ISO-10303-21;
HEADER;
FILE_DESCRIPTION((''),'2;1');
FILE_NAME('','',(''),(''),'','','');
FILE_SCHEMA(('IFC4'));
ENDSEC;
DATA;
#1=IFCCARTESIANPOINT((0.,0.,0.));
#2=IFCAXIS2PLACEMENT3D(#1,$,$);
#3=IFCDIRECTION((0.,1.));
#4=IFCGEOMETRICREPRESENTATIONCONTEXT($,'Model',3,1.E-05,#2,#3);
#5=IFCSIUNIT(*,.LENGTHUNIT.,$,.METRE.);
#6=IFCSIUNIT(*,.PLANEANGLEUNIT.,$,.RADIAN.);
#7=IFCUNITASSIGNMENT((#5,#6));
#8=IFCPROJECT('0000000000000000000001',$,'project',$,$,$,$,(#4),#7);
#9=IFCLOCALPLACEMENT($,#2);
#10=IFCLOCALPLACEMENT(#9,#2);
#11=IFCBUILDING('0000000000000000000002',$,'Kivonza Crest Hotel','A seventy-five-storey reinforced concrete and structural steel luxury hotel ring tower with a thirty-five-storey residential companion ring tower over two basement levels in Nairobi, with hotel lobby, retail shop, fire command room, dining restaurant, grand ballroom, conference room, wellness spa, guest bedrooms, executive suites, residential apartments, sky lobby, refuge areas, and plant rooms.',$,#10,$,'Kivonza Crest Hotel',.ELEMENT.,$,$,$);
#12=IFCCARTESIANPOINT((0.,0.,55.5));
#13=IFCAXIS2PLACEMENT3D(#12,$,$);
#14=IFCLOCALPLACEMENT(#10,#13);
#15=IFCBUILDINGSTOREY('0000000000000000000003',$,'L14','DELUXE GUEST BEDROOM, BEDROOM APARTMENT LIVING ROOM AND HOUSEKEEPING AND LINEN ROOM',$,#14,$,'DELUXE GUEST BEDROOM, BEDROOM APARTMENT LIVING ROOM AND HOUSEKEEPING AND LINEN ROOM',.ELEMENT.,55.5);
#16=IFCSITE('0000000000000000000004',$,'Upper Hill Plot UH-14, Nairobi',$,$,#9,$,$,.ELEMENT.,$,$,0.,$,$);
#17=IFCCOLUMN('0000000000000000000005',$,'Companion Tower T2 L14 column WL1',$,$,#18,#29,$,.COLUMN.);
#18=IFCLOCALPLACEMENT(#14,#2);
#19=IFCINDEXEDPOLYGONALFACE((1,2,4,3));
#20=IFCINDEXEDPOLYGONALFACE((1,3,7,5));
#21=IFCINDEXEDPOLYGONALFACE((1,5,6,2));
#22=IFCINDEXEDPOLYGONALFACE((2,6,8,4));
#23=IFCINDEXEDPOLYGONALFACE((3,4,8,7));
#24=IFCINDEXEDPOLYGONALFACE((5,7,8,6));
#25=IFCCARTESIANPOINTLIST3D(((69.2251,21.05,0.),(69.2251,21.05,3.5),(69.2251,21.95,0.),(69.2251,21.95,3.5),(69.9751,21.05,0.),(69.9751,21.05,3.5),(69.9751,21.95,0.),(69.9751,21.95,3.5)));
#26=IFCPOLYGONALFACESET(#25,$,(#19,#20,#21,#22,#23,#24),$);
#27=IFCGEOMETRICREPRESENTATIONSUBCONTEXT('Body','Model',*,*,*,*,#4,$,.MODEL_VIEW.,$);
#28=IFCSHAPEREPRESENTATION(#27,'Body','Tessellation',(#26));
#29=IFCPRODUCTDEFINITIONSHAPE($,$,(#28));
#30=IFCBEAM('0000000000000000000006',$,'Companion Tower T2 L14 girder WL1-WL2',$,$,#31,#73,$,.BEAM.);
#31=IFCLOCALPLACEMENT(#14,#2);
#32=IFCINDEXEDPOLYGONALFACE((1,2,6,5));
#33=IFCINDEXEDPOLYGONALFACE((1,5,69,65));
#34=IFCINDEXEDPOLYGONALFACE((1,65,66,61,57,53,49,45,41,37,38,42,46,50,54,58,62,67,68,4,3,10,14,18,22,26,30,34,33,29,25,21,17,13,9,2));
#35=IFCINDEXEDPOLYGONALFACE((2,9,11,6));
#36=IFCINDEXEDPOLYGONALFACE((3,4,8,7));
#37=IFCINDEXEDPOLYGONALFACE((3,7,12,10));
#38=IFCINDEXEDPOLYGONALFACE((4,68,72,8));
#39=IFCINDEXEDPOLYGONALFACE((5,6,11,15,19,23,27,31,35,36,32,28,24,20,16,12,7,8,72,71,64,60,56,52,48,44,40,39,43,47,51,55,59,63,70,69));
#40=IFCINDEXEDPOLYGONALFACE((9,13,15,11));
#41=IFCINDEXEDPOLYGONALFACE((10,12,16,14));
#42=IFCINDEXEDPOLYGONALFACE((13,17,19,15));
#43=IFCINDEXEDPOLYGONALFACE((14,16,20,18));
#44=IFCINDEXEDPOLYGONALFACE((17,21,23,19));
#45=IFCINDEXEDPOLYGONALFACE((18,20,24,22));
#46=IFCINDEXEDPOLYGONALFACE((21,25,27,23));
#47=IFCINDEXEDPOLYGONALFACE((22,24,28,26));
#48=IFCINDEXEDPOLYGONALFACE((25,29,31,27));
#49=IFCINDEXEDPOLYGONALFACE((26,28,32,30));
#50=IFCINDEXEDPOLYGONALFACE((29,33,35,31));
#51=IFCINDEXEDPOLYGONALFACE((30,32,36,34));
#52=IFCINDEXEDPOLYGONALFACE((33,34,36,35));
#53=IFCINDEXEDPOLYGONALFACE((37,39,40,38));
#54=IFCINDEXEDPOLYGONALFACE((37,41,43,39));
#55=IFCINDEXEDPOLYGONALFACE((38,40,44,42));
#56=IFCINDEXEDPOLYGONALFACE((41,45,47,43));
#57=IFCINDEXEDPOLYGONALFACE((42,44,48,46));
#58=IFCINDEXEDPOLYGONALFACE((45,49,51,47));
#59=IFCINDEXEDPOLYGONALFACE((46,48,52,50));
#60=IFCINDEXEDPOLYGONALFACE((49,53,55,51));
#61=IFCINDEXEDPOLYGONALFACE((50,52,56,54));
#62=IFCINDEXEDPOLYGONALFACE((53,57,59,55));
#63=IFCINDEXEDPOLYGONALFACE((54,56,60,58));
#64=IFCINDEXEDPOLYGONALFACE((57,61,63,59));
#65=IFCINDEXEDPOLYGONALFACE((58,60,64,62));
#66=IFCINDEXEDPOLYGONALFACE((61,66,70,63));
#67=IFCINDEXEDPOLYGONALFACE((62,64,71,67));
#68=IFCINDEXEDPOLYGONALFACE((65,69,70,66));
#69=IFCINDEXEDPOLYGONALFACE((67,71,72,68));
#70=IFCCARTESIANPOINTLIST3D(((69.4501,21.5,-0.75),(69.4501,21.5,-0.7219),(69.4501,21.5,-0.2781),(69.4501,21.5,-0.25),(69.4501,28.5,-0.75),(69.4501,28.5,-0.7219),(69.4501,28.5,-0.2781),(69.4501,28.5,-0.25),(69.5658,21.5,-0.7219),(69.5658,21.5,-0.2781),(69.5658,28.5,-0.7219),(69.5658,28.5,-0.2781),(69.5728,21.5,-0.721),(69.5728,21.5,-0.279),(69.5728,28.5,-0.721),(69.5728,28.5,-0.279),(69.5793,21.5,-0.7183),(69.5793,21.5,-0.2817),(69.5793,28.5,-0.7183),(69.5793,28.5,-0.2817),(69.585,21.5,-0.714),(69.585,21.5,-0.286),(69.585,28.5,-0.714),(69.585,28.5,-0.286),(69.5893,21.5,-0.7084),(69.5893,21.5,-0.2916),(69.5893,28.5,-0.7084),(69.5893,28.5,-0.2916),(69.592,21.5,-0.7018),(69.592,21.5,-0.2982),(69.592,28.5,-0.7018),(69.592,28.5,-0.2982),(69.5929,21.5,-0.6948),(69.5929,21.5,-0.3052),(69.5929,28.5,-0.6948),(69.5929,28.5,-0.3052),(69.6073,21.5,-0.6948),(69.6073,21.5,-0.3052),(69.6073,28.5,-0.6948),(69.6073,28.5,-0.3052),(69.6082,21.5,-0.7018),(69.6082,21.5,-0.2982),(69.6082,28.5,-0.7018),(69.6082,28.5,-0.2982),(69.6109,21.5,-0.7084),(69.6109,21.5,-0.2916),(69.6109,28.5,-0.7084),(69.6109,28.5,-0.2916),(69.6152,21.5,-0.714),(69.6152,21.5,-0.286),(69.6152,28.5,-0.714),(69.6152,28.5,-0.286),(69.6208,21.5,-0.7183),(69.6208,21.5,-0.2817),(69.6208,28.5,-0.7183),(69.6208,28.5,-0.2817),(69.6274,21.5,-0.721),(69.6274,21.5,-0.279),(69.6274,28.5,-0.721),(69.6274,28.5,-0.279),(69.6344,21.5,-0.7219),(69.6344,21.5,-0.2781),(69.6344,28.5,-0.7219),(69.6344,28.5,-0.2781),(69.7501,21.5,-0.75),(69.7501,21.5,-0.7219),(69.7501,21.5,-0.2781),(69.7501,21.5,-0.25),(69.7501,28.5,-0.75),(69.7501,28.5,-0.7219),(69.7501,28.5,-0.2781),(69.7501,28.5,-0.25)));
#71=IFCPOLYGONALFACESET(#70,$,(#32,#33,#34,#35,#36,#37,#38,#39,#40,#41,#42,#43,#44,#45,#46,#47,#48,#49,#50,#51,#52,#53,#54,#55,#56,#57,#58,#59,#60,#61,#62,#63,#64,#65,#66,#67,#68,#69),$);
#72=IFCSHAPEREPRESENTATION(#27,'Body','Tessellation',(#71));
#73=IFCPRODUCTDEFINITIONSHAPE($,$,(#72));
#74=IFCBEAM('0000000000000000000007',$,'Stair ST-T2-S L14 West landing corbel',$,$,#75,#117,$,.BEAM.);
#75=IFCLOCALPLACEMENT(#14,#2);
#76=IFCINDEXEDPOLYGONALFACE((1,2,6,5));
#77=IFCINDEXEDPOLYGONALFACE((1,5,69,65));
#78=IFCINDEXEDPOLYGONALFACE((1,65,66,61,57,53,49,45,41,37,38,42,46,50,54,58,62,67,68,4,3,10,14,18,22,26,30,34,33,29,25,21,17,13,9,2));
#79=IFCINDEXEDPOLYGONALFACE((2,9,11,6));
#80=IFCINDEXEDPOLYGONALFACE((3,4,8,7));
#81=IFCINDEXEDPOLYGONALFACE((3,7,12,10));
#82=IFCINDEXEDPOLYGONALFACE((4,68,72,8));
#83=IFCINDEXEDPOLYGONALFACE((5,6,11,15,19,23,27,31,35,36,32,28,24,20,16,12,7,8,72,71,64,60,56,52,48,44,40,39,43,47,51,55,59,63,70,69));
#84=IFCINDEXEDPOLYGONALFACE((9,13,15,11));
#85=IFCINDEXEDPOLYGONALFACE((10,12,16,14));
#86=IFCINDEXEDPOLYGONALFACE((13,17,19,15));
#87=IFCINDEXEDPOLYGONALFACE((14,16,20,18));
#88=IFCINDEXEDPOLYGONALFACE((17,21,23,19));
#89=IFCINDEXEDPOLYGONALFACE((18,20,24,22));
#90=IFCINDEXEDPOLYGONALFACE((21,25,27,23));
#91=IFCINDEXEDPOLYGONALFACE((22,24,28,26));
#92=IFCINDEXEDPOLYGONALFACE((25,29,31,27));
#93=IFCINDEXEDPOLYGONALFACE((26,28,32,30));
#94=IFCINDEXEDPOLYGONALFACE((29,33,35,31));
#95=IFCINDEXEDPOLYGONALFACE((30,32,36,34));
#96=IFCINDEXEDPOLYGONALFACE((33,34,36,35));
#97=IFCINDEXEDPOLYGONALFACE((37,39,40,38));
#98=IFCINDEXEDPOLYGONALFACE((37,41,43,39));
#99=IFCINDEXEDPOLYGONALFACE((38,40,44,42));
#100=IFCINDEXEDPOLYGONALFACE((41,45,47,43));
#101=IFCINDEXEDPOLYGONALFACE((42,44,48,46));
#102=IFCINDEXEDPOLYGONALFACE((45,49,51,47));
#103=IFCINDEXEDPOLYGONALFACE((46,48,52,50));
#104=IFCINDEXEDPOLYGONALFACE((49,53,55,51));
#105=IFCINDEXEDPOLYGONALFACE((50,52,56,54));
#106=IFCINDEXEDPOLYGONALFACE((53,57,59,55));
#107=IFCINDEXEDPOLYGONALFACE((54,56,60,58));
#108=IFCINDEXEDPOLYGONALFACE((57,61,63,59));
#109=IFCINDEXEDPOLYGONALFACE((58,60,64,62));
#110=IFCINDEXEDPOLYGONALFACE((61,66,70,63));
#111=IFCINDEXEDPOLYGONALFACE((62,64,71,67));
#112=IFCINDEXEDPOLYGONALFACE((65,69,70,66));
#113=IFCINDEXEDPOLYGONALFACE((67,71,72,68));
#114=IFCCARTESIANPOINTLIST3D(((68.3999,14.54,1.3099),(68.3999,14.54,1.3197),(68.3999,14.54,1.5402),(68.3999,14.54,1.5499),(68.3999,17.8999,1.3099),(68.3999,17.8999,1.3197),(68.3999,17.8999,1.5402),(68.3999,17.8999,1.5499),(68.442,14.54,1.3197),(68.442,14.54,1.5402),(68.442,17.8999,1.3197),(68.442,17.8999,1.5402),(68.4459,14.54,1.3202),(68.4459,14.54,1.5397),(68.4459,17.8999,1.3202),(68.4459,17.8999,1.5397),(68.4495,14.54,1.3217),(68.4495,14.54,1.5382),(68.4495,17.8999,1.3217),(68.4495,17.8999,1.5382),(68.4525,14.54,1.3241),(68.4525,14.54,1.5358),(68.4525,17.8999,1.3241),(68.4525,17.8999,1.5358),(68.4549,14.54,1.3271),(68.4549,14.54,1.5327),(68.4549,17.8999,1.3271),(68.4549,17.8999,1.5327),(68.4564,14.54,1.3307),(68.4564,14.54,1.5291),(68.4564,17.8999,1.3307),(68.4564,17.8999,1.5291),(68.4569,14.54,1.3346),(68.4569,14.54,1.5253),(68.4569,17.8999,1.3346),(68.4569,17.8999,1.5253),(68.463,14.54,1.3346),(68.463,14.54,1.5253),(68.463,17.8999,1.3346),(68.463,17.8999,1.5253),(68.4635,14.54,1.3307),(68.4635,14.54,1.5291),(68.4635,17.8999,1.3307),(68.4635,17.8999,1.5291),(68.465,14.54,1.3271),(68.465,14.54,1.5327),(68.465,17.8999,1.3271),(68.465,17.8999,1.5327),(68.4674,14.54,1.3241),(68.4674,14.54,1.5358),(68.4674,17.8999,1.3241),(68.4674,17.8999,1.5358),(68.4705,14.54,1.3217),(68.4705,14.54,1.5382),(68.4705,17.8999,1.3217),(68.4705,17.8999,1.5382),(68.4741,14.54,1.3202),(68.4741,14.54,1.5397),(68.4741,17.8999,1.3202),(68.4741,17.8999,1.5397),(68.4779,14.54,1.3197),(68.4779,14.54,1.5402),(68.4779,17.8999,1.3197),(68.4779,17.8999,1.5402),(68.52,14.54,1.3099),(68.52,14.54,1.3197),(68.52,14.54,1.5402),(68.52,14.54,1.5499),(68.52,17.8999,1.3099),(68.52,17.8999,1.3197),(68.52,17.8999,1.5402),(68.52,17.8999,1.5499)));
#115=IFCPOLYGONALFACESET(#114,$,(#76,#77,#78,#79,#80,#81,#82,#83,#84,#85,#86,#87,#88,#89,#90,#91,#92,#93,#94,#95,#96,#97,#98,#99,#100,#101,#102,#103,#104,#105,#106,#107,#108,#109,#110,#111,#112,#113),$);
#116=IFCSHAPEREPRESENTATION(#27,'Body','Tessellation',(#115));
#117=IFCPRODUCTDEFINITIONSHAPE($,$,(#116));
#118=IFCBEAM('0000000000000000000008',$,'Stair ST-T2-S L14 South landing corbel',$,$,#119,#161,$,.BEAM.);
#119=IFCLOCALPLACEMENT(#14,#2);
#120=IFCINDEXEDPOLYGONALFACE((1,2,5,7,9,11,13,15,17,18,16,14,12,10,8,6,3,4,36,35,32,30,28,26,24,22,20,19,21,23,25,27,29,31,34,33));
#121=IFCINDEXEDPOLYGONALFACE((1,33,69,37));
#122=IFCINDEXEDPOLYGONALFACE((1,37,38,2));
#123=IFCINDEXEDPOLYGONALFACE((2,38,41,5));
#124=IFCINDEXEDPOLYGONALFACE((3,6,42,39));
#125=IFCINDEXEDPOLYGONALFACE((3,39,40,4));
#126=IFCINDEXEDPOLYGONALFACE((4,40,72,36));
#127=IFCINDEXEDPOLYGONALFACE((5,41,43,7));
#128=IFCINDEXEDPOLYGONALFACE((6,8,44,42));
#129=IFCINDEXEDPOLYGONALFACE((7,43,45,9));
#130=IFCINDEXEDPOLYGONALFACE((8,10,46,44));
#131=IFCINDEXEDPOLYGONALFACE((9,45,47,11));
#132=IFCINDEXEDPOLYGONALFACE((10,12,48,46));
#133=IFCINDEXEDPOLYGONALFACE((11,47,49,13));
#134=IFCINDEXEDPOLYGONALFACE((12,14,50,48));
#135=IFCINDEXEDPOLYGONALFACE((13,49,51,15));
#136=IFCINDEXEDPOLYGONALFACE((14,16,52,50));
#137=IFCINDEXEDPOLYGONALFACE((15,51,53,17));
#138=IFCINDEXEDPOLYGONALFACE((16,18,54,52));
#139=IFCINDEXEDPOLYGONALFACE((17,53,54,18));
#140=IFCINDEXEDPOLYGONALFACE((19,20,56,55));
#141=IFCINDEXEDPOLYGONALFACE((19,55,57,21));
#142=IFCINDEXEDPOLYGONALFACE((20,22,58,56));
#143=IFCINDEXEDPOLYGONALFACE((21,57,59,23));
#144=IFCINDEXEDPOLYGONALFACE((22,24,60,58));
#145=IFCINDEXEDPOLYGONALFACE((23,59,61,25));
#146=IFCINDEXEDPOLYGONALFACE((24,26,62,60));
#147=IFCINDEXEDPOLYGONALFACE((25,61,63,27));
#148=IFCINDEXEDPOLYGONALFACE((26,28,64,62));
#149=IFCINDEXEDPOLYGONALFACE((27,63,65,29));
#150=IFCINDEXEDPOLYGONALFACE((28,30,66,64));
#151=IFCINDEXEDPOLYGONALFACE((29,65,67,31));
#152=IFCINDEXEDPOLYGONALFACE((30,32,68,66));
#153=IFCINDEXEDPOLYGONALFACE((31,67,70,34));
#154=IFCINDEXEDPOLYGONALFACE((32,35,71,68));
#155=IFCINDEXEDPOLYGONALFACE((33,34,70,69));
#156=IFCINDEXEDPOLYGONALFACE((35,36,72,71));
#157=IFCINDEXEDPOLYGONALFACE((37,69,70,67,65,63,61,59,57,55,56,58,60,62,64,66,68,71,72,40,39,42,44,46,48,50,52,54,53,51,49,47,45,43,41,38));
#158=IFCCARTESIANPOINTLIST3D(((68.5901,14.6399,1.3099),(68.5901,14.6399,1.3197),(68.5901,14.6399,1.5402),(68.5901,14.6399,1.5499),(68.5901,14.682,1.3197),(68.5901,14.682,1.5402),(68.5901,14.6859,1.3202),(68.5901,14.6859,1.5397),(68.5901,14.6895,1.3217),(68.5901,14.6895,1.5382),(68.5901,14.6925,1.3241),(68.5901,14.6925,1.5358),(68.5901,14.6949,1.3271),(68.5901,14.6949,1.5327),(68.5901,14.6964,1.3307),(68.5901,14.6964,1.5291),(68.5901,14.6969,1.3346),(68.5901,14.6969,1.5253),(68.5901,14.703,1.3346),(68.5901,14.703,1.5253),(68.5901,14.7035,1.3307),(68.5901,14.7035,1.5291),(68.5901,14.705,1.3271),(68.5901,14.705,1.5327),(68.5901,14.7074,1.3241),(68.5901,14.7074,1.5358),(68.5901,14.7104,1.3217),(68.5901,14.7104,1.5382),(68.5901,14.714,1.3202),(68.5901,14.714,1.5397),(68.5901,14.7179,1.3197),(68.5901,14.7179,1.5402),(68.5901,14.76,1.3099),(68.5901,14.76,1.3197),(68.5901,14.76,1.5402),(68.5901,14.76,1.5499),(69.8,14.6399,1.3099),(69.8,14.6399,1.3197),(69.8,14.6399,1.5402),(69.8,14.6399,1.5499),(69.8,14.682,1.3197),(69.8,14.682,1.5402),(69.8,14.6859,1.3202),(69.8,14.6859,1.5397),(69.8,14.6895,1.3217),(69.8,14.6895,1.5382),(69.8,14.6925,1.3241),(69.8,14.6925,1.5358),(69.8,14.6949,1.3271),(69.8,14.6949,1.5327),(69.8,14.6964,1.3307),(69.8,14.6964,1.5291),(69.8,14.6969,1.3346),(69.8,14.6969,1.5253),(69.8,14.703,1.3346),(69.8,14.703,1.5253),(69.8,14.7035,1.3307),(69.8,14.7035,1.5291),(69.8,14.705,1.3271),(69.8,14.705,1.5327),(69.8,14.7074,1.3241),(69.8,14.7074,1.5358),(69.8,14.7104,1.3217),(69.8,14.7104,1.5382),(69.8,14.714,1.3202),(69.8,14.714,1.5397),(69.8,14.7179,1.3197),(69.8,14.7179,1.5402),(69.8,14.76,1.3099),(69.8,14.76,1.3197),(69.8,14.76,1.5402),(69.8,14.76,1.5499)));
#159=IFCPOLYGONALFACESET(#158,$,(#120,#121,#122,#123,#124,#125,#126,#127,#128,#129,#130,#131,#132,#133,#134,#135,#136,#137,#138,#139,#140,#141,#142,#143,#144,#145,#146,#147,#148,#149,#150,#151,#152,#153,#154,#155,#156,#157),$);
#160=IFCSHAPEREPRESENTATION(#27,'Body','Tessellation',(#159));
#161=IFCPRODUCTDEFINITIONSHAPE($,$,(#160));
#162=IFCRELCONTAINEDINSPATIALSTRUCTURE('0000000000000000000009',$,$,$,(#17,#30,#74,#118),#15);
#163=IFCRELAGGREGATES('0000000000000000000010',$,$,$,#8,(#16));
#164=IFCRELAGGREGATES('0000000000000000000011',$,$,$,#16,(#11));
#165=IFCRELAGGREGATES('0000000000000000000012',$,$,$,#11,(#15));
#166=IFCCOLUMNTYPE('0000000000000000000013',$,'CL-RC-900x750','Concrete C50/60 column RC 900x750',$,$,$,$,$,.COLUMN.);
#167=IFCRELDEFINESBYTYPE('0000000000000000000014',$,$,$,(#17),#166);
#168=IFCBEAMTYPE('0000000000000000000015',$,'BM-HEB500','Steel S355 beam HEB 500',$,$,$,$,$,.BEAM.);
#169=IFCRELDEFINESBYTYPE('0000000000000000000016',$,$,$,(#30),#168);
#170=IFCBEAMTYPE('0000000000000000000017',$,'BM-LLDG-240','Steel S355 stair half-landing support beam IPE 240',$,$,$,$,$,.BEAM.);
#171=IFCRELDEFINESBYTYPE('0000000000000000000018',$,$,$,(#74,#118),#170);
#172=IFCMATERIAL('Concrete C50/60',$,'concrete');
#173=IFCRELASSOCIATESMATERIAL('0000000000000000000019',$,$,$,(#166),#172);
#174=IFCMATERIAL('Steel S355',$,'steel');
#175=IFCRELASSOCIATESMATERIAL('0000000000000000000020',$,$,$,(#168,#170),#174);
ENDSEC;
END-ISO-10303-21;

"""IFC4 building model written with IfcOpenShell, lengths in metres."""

from ifc_helpers import new_model, si_unit, direction, frame, origin, origin_2d, place, context, subcontext, project, spatial, rectangle, i_section, extrude, material, material_profile, profile_set, type_object, element, save


model = new_model("IFC4")

# Units and contexts
model_context = context("Model", 3, precision=1e-05, world=origin(), true_north=direction((0.0, 1.0)))
body_context = subcontext(model_context, "Body", "Model", "MODEL_VIEW")
ifc_project = project(units=[si_unit("LENGTHUNIT", "METRE"), si_unit("PLANEANGLEUNIT", "RADIAN")], contexts=[model_context])

# Site, building, storey
site_placement = place(None, origin())
site = spatial("IfcSite", under=ifc_project, at=site_placement, Name="Upper Hill Plot UH-14, Nairobi", CompositionType="ELEMENT", RefElevation=0.0)
building_placement = place(site_placement, origin())
building = spatial("IfcBuilding", under=site, at=building_placement, Name="Kivonza Crest Hotel", Description="A seventy-five-storey reinforced concrete and structural steel luxury hotel ring tower with a thirty-five-storey residential companion ring tower over two basement levels in Nairobi, with hotel lobby, retail shop, fire command room, dining restaurant, grand ballroom, conference room, wellness spa, guest bedrooms, executive suites, residential apartments, sky lobby, refuge areas, and plant rooms.", LongName="Kivonza Crest Hotel", CompositionType="ELEMENT")
storey_placement = place(building_placement, frame((0.0, 0.0, 55.5)))
storey = spatial("IfcBuildingStorey", under=building, at=storey_placement, Name="L14", Description="DELUXE GUEST BEDROOM, BEDROOM APARTMENT LIVING ROOM AND HOUSEKEEPING AND LINEN ROOM", LongName="DELUXE GUEST BEDROOM, BEDROOM APARTMENT LIVING ROOM AND HOUSEKEEPING AND LINEN ROOM", CompositionType="ELEMENT", Elevation=55.5)

# Column
ifc_material_1 = material(Name="Concrete C50/60", Category="concrete")
ifc_material_profile_1 = material_profile(ifc_material_1, rectangle(XDim=0.75, YDim=0.8999, at=origin_2d()), Name="RC 900x750")
ifc_profile_set_1 = profile_set([ifc_material_profile_1], Name="Concrete C50/60")
column_type = type_object("IfcColumnType", Name="CL-RC-900x750", Description="Concrete C50/60 column RC 900x750", PredefinedType="COLUMN", material=ifc_profile_set_1)
column_placement = place(storey_placement, frame((69.6001, 21.5, 0.0), z_axis=(0.0, 0.0, 1.0), x_axis=(1.0, 0.0, 0.0)))
element("IfcColumn", 1, at=column_placement, inside=storey, type_object=column_type, Name="Companion Tower T2 L14 column WL1", PredefinedType="COLUMN", context=body_context, shape_type="SweptSolid", body=[
    extrude(rectangle(XDim=0.75, YDim=0.8999, at=origin_2d()), origin(), (0.0, 0.0, 1.0), 3.5),
])

# Beams
ifc_material_2 = material(Name="Steel S355", Category="steel")
ifc_material_profile_2 = material_profile(ifc_material_2, i_section(OverallWidth=0.3, OverallDepth=0.5, WebThickness=0.0144, FlangeThickness=0.0281, FilletRadius=0.0271, at=origin_2d()), Name="HEB 500")
ifc_profile_set_2 = profile_set([ifc_material_profile_2], Name="Steel S355")
beam_type_1 = type_object("IfcBeamType", Name="BM-HEB500", Description="Steel S355 beam HEB 500", PredefinedType="BEAM", material=ifc_profile_set_2)
beam_1_placement = place(storey_placement, frame((69.6001, 21.5, -0.5), z_axis=(0.0, 1.0, 0.0), x_axis=(-1.0, 0.0, 0.0)))
element("IfcBeam", 2, at=beam_1_placement, inside=storey, type_object=beam_type_1, Name="Companion Tower T2 L14 girder WL1-WL2", PredefinedType="BEAM", context=body_context, shape_type="SweptSolid", body=[
    extrude(i_section(OverallWidth=0.3, OverallDepth=0.5, WebThickness=0.0144, FlangeThickness=0.0281, FilletRadius=0.0271, at=origin_2d()), origin(), (0.0, 0.0, 1.0), 7.0),
])
ifc_material_profile_3 = material_profile(ifc_material_2, i_section(OverallWidth=0.1201, OverallDepth=0.24, WebThickness=0.0061, FlangeThickness=0.0098, FilletRadius=0.0149, at=origin_2d()), Name="IPE 240")
ifc_profile_set_3 = profile_set([ifc_material_profile_3], Name="Steel S355")
beam_type_2 = type_object("IfcBeamType", Name="BM-LLDG-240", Description="Steel S355 stair half-landing support beam IPE 240", PredefinedType="BEAM", material=ifc_profile_set_3)
beam_2_placement = place(storey_placement, frame((68.46, 14.54, 1.4299), z_axis=(0.0, 1.0, 0.0), x_axis=(-1.0, 0.0, 0.0)))
element("IfcBeam", 3, at=beam_2_placement, inside=storey, type_object=beam_type_2, Name="Stair ST-T2-S L14 West landing corbel", PredefinedType="BEAM", context=body_context, shape_type="SweptSolid", body=[
    extrude(i_section(OverallWidth=0.1201, OverallDepth=0.24, WebThickness=0.0061, FlangeThickness=0.0098, FilletRadius=0.0149, at=origin_2d()), origin(), (0.0, 0.0, 1.0), 3.3599),
])
for number, where, z_axis, x_axis, name in (
    (4, (68.5901, 14.7, 1.4299), (1.0, 0.0, 0.0), (0.0, 1.0, 0.0), "Stair ST-T2-S L14 South landing corbel"),
):
    element("IfcBeam", number, at=place(storey_placement, frame(where, z_axis=z_axis, x_axis=x_axis)), inside=storey, type_object=beam_type_2, Name=name, PredefinedType="BEAM", context=body_context, shape_type="SweptSolid", body=[
        extrude(i_section(OverallWidth=0.1201, OverallDepth=0.24, WebThickness=0.0061, FlangeThickness=0.0098, FilletRadius=0.0149, at=origin_2d()), origin(), (0.0, 0.0, 1.0), 1.21),
    ])

save(model, "model.ifc")
